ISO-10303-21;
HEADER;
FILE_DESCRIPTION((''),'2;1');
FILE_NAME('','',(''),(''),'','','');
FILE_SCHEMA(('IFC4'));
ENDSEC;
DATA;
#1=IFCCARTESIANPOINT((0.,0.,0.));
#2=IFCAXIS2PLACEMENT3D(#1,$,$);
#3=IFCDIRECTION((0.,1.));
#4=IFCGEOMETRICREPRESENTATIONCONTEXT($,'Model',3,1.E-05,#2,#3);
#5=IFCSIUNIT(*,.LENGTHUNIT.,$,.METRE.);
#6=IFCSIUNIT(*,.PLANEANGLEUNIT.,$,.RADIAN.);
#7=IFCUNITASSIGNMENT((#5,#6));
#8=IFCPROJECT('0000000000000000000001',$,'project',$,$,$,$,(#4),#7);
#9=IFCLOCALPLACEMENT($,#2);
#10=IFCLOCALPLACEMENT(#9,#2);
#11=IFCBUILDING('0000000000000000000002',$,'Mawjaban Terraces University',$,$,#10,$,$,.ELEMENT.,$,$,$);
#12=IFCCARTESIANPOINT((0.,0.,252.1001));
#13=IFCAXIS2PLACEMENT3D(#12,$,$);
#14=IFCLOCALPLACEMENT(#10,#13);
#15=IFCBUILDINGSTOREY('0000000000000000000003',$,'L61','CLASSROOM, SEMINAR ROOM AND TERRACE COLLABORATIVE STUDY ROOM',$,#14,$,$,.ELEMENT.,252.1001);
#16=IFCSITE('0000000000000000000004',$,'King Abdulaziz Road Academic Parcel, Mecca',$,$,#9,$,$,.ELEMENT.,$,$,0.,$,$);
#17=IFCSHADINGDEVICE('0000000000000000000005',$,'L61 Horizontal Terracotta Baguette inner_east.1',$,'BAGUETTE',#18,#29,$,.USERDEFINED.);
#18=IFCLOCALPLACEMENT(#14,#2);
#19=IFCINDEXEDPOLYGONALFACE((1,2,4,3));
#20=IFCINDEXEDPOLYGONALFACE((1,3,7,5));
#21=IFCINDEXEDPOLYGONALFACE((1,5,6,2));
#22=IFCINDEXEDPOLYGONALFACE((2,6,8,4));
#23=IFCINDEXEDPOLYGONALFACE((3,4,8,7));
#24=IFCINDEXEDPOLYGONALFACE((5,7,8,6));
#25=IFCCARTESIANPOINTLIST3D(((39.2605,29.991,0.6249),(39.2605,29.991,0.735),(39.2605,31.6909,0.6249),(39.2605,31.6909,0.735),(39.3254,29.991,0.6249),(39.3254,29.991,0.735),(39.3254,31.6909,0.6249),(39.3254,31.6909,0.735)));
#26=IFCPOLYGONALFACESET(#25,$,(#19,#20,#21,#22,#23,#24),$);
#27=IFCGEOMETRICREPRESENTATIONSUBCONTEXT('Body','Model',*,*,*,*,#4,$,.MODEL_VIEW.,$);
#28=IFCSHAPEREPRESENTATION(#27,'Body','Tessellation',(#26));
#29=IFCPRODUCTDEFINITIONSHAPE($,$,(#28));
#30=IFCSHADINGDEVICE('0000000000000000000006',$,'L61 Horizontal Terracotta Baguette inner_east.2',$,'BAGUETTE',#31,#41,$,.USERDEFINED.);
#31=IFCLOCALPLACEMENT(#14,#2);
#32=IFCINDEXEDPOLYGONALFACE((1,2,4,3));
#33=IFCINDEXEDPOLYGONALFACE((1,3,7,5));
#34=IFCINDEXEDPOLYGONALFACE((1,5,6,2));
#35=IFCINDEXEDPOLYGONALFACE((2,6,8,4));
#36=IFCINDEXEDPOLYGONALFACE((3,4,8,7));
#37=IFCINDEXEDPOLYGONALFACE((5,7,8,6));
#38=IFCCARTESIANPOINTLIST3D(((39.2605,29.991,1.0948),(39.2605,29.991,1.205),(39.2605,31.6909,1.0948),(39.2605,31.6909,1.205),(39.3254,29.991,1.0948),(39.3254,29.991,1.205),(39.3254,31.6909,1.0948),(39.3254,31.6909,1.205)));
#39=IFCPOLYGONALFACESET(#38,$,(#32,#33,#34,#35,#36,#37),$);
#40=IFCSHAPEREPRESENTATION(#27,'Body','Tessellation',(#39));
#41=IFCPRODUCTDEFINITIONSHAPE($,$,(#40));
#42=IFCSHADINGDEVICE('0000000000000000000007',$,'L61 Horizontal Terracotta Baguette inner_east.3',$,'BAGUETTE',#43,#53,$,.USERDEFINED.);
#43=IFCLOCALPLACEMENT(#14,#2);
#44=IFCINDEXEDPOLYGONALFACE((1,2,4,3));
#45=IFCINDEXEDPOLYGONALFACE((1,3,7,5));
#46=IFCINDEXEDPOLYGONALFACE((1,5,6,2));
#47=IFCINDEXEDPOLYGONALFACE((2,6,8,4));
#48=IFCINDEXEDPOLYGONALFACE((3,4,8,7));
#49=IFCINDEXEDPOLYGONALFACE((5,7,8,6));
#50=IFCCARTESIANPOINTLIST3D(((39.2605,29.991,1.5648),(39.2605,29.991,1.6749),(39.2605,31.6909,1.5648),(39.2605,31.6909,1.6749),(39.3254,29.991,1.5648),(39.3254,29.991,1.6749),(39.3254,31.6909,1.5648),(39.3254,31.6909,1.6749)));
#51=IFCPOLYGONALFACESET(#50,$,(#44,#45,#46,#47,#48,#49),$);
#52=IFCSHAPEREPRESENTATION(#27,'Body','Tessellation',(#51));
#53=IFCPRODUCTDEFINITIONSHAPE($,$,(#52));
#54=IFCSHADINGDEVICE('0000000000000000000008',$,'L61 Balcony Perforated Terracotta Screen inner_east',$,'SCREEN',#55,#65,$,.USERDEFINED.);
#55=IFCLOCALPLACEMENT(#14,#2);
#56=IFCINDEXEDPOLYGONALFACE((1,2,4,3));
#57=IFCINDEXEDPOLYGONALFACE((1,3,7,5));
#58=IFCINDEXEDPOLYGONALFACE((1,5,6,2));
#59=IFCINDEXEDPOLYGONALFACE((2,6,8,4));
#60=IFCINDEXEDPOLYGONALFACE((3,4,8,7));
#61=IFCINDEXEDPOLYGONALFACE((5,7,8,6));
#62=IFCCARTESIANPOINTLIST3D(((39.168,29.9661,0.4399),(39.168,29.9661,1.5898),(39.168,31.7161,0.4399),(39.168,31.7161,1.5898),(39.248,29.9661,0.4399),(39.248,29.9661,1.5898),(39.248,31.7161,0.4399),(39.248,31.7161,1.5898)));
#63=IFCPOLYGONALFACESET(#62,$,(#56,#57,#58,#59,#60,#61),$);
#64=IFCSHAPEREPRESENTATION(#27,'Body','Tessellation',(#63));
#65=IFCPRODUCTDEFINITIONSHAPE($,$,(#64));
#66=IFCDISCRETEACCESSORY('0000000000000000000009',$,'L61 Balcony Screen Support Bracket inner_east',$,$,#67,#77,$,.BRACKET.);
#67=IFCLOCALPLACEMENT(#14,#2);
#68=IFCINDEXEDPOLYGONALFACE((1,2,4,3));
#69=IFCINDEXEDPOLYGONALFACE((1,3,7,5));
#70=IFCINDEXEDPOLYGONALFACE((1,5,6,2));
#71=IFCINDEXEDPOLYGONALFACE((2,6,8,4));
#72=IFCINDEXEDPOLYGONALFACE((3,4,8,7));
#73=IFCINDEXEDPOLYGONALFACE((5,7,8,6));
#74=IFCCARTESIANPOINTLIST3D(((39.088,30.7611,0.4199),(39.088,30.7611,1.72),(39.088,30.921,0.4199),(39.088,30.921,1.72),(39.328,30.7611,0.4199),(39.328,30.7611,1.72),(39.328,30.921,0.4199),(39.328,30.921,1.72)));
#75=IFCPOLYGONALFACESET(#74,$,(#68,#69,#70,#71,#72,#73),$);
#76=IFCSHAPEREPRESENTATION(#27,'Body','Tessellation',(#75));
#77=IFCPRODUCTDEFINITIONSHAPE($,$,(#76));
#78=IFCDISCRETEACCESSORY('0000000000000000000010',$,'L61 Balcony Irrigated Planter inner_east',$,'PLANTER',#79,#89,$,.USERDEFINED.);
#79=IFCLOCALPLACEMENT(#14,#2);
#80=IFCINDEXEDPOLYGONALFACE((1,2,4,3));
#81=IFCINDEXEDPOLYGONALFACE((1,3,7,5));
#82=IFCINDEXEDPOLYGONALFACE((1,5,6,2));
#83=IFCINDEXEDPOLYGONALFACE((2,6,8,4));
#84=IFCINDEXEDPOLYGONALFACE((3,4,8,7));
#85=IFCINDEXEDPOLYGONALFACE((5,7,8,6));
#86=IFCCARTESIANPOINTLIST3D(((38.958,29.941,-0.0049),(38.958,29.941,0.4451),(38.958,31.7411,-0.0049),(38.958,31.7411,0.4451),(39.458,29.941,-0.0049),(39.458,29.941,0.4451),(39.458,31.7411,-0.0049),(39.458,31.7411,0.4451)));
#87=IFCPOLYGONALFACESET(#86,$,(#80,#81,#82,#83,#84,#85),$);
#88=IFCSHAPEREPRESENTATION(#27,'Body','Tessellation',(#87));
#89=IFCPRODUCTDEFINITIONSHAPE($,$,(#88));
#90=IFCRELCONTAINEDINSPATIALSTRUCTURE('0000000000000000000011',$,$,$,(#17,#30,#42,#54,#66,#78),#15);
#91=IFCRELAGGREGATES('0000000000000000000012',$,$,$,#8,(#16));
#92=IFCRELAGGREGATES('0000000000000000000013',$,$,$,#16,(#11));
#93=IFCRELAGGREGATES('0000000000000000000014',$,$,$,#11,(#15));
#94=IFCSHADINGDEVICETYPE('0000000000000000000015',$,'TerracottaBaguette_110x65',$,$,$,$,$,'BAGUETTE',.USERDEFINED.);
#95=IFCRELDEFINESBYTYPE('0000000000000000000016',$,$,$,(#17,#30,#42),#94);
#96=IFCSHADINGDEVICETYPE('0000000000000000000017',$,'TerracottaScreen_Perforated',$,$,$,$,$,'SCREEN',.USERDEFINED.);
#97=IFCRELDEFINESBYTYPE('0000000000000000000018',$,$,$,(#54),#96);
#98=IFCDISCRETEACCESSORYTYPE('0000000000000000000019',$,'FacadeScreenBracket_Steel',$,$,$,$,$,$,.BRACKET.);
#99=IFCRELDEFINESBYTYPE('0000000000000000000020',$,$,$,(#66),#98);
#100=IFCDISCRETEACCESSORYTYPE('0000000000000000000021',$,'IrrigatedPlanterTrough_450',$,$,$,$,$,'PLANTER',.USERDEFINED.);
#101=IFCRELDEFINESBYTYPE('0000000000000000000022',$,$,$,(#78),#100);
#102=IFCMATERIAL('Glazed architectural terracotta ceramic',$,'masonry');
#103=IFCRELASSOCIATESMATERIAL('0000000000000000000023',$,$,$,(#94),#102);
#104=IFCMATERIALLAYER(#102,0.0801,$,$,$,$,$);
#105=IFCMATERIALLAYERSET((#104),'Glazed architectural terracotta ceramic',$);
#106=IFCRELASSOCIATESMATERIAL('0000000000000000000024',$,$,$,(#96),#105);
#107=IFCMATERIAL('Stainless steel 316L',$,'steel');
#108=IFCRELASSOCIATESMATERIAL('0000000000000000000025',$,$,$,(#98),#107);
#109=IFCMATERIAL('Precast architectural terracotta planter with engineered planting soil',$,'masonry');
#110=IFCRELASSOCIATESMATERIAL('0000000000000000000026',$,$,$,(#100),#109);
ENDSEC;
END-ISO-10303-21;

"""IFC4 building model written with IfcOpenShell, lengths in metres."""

from ifc_helpers import new_model, si_unit, direction, frame, origin, origin_2d, place, context, subcontext, project, spatial, rectangle, extrude, material, layer, layer_set, material_profile, profile_set, type_object, element, save


model = new_model("IFC4")

# Units and contexts
model_context = context("Model", 3, precision=1e-05, world=origin(), true_north=direction((0.0, 1.0)))
body_context = subcontext(model_context, "Body", "Model", "MODEL_VIEW")
ifc_project = project(units=[si_unit("LENGTHUNIT", "METRE"), si_unit("PLANEANGLEUNIT", "RADIAN")], contexts=[model_context])

# Site, building, storey
site_placement = place(None, origin())
site = spatial("IfcSite", under=ifc_project, at=site_placement, Name="King Abdulaziz Road Academic Parcel, Mecca", CompositionType="ELEMENT", RefElevation=0.0)
building_placement = place(site_placement, origin())
building = spatial("IfcBuilding", under=site, at=building_placement, Name="Mawjaban Terraces University", CompositionType="ELEMENT")
storey_placement = place(building_placement, frame((0.0, 0.0, 252.1001)))
storey = spatial("IfcBuildingStorey", under=building, at=storey_placement, Name="L61", Description="CLASSROOM, SEMINAR ROOM AND TERRACE COLLABORATIVE STUDY ROOM", CompositionType="ELEMENT", Elevation=252.1001)

# Shading devices
ifc_material_1 = material(Name="Glazed architectural terracotta ceramic", Category="masonry")
ifc_material_profile_1 = material_profile(ifc_material_1, rectangle(XDim=0.0649, YDim=0.1101, at=origin_2d()), Name="TBAG110X65")
ifc_profile_set_1 = profile_set([ifc_material_profile_1], Name="Glazed architectural terracotta ceramic")
shading_device_type_1 = type_object("IfcShadingDeviceType", Name="TerracottaBaguette_110x65", ElementType="BAGUETTE", PredefinedType="USERDEFINED", material=ifc_profile_set_1)
for number, where, z_axis, x_axis, name in (
    (1, (39.293, 29.991, 0.6799), (0.0, 1.0, 0.0), (-1.0, 0.0, 0.0), "L61 Horizontal Terracotta Baguette inner_east.1"),
    (2, (39.293, 29.991, 1.1499), (0.0, 1.0, 0.0), (-1.0, 0.0, 0.0), "L61 Horizontal Terracotta Baguette inner_east.2"),
    (3, (39.293, 29.991, 1.6199), (0.0, 1.0, 0.0), (-1.0, 0.0, 0.0), "L61 Horizontal Terracotta Baguette inner_east.3"),
):
    element("IfcShadingDevice", number, at=place(storey_placement, frame(where, z_axis=z_axis, x_axis=x_axis)), inside=storey, type_object=shading_device_type_1, Name=name, ObjectType="BAGUETTE", PredefinedType="USERDEFINED", context=body_context, shape_type="SweptSolid", body=[
        extrude(rectangle(XDim=0.0649, YDim=0.1101, at=origin_2d()), origin(), (0.0, 0.0, 1.0), 1.7),
    ])
ifc_layer_1 = layer(ifc_material_1, 0.0801)
ifc_layer_set_1 = layer_set([ifc_layer_1], Name="Glazed architectural terracotta ceramic")
shading_device_type_2 = type_object("IfcShadingDeviceType", Name="TerracottaScreen_Perforated", ElementType="SCREEN", PredefinedType="USERDEFINED", material=ifc_layer_set_1)
shading_device_placement = place(storey_placement, frame((39.208, 30.8411, 0.4399), z_axis=(0.0, 0.0, 1.0), x_axis=(0.0, 1.0, 0.0)))
element("IfcShadingDevice", 4, at=shading_device_placement, inside=storey, type_object=shading_device_type_2, Name="L61 Balcony Perforated Terracotta Screen inner_east", ObjectType="SCREEN", PredefinedType="USERDEFINED", context=body_context, shape_type="SweptSolid", body=[
    extrude(rectangle(XDim=1.75, YDim=0.0801, at=origin_2d()), origin(), (0.0, 0.0, 1.0), 1.1499),
])

# Discrete accessories
ifc_material_2 = material(Name="Stainless steel 316L", Category="steel")
discrete_accessory_type_1 = type_object("IfcDiscreteAccessoryType", Name="FacadeScreenBracket_Steel", PredefinedType="BRACKET", material=ifc_material_2)
discrete_accessory_1_placement = place(storey_placement, frame((39.208, 30.8411, 0.4199), z_axis=(0.0, 0.0, 1.0), x_axis=(0.0, 1.0, 0.0)))
element("IfcDiscreteAccessory", 5, at=discrete_accessory_1_placement, inside=storey, type_object=discrete_accessory_type_1, Name="L61 Balcony Screen Support Bracket inner_east", PredefinedType="BRACKET", context=body_context, shape_type="SweptSolid", body=[
    extrude(rectangle(XDim=0.1599, YDim=0.24, at=origin_2d()), origin(), (0.0, 0.0, 1.0), 1.3),
])
ifc_material_3 = material(Name="Precast architectural terracotta planter with engineered planting soil", Category="masonry")
discrete_accessory_type_2 = type_object("IfcDiscreteAccessoryType", Name="IrrigatedPlanterTrough_450", ElementType="PLANTER", PredefinedType="USERDEFINED", material=ifc_material_3)
discrete_accessory_2_placement = place(storey_placement, frame((39.208, 30.8411, -0.0049), z_axis=(0.0, 0.0, 1.0), x_axis=(0.0, 1.0, 0.0)))
element("IfcDiscreteAccessory", 6, at=discrete_accessory_2_placement, inside=storey, type_object=discrete_accessory_type_2, Name="L61 Balcony Irrigated Planter inner_east", ObjectType="PLANTER", PredefinedType="USERDEFINED", context=body_context, shape_type="SweptSolid", body=[
    extrude(rectangle(XDim=1.8, YDim=0.5, at=origin_2d()), origin(), (0.0, 0.0, 1.0), 0.45),
])

save(model, "model.ifc")
